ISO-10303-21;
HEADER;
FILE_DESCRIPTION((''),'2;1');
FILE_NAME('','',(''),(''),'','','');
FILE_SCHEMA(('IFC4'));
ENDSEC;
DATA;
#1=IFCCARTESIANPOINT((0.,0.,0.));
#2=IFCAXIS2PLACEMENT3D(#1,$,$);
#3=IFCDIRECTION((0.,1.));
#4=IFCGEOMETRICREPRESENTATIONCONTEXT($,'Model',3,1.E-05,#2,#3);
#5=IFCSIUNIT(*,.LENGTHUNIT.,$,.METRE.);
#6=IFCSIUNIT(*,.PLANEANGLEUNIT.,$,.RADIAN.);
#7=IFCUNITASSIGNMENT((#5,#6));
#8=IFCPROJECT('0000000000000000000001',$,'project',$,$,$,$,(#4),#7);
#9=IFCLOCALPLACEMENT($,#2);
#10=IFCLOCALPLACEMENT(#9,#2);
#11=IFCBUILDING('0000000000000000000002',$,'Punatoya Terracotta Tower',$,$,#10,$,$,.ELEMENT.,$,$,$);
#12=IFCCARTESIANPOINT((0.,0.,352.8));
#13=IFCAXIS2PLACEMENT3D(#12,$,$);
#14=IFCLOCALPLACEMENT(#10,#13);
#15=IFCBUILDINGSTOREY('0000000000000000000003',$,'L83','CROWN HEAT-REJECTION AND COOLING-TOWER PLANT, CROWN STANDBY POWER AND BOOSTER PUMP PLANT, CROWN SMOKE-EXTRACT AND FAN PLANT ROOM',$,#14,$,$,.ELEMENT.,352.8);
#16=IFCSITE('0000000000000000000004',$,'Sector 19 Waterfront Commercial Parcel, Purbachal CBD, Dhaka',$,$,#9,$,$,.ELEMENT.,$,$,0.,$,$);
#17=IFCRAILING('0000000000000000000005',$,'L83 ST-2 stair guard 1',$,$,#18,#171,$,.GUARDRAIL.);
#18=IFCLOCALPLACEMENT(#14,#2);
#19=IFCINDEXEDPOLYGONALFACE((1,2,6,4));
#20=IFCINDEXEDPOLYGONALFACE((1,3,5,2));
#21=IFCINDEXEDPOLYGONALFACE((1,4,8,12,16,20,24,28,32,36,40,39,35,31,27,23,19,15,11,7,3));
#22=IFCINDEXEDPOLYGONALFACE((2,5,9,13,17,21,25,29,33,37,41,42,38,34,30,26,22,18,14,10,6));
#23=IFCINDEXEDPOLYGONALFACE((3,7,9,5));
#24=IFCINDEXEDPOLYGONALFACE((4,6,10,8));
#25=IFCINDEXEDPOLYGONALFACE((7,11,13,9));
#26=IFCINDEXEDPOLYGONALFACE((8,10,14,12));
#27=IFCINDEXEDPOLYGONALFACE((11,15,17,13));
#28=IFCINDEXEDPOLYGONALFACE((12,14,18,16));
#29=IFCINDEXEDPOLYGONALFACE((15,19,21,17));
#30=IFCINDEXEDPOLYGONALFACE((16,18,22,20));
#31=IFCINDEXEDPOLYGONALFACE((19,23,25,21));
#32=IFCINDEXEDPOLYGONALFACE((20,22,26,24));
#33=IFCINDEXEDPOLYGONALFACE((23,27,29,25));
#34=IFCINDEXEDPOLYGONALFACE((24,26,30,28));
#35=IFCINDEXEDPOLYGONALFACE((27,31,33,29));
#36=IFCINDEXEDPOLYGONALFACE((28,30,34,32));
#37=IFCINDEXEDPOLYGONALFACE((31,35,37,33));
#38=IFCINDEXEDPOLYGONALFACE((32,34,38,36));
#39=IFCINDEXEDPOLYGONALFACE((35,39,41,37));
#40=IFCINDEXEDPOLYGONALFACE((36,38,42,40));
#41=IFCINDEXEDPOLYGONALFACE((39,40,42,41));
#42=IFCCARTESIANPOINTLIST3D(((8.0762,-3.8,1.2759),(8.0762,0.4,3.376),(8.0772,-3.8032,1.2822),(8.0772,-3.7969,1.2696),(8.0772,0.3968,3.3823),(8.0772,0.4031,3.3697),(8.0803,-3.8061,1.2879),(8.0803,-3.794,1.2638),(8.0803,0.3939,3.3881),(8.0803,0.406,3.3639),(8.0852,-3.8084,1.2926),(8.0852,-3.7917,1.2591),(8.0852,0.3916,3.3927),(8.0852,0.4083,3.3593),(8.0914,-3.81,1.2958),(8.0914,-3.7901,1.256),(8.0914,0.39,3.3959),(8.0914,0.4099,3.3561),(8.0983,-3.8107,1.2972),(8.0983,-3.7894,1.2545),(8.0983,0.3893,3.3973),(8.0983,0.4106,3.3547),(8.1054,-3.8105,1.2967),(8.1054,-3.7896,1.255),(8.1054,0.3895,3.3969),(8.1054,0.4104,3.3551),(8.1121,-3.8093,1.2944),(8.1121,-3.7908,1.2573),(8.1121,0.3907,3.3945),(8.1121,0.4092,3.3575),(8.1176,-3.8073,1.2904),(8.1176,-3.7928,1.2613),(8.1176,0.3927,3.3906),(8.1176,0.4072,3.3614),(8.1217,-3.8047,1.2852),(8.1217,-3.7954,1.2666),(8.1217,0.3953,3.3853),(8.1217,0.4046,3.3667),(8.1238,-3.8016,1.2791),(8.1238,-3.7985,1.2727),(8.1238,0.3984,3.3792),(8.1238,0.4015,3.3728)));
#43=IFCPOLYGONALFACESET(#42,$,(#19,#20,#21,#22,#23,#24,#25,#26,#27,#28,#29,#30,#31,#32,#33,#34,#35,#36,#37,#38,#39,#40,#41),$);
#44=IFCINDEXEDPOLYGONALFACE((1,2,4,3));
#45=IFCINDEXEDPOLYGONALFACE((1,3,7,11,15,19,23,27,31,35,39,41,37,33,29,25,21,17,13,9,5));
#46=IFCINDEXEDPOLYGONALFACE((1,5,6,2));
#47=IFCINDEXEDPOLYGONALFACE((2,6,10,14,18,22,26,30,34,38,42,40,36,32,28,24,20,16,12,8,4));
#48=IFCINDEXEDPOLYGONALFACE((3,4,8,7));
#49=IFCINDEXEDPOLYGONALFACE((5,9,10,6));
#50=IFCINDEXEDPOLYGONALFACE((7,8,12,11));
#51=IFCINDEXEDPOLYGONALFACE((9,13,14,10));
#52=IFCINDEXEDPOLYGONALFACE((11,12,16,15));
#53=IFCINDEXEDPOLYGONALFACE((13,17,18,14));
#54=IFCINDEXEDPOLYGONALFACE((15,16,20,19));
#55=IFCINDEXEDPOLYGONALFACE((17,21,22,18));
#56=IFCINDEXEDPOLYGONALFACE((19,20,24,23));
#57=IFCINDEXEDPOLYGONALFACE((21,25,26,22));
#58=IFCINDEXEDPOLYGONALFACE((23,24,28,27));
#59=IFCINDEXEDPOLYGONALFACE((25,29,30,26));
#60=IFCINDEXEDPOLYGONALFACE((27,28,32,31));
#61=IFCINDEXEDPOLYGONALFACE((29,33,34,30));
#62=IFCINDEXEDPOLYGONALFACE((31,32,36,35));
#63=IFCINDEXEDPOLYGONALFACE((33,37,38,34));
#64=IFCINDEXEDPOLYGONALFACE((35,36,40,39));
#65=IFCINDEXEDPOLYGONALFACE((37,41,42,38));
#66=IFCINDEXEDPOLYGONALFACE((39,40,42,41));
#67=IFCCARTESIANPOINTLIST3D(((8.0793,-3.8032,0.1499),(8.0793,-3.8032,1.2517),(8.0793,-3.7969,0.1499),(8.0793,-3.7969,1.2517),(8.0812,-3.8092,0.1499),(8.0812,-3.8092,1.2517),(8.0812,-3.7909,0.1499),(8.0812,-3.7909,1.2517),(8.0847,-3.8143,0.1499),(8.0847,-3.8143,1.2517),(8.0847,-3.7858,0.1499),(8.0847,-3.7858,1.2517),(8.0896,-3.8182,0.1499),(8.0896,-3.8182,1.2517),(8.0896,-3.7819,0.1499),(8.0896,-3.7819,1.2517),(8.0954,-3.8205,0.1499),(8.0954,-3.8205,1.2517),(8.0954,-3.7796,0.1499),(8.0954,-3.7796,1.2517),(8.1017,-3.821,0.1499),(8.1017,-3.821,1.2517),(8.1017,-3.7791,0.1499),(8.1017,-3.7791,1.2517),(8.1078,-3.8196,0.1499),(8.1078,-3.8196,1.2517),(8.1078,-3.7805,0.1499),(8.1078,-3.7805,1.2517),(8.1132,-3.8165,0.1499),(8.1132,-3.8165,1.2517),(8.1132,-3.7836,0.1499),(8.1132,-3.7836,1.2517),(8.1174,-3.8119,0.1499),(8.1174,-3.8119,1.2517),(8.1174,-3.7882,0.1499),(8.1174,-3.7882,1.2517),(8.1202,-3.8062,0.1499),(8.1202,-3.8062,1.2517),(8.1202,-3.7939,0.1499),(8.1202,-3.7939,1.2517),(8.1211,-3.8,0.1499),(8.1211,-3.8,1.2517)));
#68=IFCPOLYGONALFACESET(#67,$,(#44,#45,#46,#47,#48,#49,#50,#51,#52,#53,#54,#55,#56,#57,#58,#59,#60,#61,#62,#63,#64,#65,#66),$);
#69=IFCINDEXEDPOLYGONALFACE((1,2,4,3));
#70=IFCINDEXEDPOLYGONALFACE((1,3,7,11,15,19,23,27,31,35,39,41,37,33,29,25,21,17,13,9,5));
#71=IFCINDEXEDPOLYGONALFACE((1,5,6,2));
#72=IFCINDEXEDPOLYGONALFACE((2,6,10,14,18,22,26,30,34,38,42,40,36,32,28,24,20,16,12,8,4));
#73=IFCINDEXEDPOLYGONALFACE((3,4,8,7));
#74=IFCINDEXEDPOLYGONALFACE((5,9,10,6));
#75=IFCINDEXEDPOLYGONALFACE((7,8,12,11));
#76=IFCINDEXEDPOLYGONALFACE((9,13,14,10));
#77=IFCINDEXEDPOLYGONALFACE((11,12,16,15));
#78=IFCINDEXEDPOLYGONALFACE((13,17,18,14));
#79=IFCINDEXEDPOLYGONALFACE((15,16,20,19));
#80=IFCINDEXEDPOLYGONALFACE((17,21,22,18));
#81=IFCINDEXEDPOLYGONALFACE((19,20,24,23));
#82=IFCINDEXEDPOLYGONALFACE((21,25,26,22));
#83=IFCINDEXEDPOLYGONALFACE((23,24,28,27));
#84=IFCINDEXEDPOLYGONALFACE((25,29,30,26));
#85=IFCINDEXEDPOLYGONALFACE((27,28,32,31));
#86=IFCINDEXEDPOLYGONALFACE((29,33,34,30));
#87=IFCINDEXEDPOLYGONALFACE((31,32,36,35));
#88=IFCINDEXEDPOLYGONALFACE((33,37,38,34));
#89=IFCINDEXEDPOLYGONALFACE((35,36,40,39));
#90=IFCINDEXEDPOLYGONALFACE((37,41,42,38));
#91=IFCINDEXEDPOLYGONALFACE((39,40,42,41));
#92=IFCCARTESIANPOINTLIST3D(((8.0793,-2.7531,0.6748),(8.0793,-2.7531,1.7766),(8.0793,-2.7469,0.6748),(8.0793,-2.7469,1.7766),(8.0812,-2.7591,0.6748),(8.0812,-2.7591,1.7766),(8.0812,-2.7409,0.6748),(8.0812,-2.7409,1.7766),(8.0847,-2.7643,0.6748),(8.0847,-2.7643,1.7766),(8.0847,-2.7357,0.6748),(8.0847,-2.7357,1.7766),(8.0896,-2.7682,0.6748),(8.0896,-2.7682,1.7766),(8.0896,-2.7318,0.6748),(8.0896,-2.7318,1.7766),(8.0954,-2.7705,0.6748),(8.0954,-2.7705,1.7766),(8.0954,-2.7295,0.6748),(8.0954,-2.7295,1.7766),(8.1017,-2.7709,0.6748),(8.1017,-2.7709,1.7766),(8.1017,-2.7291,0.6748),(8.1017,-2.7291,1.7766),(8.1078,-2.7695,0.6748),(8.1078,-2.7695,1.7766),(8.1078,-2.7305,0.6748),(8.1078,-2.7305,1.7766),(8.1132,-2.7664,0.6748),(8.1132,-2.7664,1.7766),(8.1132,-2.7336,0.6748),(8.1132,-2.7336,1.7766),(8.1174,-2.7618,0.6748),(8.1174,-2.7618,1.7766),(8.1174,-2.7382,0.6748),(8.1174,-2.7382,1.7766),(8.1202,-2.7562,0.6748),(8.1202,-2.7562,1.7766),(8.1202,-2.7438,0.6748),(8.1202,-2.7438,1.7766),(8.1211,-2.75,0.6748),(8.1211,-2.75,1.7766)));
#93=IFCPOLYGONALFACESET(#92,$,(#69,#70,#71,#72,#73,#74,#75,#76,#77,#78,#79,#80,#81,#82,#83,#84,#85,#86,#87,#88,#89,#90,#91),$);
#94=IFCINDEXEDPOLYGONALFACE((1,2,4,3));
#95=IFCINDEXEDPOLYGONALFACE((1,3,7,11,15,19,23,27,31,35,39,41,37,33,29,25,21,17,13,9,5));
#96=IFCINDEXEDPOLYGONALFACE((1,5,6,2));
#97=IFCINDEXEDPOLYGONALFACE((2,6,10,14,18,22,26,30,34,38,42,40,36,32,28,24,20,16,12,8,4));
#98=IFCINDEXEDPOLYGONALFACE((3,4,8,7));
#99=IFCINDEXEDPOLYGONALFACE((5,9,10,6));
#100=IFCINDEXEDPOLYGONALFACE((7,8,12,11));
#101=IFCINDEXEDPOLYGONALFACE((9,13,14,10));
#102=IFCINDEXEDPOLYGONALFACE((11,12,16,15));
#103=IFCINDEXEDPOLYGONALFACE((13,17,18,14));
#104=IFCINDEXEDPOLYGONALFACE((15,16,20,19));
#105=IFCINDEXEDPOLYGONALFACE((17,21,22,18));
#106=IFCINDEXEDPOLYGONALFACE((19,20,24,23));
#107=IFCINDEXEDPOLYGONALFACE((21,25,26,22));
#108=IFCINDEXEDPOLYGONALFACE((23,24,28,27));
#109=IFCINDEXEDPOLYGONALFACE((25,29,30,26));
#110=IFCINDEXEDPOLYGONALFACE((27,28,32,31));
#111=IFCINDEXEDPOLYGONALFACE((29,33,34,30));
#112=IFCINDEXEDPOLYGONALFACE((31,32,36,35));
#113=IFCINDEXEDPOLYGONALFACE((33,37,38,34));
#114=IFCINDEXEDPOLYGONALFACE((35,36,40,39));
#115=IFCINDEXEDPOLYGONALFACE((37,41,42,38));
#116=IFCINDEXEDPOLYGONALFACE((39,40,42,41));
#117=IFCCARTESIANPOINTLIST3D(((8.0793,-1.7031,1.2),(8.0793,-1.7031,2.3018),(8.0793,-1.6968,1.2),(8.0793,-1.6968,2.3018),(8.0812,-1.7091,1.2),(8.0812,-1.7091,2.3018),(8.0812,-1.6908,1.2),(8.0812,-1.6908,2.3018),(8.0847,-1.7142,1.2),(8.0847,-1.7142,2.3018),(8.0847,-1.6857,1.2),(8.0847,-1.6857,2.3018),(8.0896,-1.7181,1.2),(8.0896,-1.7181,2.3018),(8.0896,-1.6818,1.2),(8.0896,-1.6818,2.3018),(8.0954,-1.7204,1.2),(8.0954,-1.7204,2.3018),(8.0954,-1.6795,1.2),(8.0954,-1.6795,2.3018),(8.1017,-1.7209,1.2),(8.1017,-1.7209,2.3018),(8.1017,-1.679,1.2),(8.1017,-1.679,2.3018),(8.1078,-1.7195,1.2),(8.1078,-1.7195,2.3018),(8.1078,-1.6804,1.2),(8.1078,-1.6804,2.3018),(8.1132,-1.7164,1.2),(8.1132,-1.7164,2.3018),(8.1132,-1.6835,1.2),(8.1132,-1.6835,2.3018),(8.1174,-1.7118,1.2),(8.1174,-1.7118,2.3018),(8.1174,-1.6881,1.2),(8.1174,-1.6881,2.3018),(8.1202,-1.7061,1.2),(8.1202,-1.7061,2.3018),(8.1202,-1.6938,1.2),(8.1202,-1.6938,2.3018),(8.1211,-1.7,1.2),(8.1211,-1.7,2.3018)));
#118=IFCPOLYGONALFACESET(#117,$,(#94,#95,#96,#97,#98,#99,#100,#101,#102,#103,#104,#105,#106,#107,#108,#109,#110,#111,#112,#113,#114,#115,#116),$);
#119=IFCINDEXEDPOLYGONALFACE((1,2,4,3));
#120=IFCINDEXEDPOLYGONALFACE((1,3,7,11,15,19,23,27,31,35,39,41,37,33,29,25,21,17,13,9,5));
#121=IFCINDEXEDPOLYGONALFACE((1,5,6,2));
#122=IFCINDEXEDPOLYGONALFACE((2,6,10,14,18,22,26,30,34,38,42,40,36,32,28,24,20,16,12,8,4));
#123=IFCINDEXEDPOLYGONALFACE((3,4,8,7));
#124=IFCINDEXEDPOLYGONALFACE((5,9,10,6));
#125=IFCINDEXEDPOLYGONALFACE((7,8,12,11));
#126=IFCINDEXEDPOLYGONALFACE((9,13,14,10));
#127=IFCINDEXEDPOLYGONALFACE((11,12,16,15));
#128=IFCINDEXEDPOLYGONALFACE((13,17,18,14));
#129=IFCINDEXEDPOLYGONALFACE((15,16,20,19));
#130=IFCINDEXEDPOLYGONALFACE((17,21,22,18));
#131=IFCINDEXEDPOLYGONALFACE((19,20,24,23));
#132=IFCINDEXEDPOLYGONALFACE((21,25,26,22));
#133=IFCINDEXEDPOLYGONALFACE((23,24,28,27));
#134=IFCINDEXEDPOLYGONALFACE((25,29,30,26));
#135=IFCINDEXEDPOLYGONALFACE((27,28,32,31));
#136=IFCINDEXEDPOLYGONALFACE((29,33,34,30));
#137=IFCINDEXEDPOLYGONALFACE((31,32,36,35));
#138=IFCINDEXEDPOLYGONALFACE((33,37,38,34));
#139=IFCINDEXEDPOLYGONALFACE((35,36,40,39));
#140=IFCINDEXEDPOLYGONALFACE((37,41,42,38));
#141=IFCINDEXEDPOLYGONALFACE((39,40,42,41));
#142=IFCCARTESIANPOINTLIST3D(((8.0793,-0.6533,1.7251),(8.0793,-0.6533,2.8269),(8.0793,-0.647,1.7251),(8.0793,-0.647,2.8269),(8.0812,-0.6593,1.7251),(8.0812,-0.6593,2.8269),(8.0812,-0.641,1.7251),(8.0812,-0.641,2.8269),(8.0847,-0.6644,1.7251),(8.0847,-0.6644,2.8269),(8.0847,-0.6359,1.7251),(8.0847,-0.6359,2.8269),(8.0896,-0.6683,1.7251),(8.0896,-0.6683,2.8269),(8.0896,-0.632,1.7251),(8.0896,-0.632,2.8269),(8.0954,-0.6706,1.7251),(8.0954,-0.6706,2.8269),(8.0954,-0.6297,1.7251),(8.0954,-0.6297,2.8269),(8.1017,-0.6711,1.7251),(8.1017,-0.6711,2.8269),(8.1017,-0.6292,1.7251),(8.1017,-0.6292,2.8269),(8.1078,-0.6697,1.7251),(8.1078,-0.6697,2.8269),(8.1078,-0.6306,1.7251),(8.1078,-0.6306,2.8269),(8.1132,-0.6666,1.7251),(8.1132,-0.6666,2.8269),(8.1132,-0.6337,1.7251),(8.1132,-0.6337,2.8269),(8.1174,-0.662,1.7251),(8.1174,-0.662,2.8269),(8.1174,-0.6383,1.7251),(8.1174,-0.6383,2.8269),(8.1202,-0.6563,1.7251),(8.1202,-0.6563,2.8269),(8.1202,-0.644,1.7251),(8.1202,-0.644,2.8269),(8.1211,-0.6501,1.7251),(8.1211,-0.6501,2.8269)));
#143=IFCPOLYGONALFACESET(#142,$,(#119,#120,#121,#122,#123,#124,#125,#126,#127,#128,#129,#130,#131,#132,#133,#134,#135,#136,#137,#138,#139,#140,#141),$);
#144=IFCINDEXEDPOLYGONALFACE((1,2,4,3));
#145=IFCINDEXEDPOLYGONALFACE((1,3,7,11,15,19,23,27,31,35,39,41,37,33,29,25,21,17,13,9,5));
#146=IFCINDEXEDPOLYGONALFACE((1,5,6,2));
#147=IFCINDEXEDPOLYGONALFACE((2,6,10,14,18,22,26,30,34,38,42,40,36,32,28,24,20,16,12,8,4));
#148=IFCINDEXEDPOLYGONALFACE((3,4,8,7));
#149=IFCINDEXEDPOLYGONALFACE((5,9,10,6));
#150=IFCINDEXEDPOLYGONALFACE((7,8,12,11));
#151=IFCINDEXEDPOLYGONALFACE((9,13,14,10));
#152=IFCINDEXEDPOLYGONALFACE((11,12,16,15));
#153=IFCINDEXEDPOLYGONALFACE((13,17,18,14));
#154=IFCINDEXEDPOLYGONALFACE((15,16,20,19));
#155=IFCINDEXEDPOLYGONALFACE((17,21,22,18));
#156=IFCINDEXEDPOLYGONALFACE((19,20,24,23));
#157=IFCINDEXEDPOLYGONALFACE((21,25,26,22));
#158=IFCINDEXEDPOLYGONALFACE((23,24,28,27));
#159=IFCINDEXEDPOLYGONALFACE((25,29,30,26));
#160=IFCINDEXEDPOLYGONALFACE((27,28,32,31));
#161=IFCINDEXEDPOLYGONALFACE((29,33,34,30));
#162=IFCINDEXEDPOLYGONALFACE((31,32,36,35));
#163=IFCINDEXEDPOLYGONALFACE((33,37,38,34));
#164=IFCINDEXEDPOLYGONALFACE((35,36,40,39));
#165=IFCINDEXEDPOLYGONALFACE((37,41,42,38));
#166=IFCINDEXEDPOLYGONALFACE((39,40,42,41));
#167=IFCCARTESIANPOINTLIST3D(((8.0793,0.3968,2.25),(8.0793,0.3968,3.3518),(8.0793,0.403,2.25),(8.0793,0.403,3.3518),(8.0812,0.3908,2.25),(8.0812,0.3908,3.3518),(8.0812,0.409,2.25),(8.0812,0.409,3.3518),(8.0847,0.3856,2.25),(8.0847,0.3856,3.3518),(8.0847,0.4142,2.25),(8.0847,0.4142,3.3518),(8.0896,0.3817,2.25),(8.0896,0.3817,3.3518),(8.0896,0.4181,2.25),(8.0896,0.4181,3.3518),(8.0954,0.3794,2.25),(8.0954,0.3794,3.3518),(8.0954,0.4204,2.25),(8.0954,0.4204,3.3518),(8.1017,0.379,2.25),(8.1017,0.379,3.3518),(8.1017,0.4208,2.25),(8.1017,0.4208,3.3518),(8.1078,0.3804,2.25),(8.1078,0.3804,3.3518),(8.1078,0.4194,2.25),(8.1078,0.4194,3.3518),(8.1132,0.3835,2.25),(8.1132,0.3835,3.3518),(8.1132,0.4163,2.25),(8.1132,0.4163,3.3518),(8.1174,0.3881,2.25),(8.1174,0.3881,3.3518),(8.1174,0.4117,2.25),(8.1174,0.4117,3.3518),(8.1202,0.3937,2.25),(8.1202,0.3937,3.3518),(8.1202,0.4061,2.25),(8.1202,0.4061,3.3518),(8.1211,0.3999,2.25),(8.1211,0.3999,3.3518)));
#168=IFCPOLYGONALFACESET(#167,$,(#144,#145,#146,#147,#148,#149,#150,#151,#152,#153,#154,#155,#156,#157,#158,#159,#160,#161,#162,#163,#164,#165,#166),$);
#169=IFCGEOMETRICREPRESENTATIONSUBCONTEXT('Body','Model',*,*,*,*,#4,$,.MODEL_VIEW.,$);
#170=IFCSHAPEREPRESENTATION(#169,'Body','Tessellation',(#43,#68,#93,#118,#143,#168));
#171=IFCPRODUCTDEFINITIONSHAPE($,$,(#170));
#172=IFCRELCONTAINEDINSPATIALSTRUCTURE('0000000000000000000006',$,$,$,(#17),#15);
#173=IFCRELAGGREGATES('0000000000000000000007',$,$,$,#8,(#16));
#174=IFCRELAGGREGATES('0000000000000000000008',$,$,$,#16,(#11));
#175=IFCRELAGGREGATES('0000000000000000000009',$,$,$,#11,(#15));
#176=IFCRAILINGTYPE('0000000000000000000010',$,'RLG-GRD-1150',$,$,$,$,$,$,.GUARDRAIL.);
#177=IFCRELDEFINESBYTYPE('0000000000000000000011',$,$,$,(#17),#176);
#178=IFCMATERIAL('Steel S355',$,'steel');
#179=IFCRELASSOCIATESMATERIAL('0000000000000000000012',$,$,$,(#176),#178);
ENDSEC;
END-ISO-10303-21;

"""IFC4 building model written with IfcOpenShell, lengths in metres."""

from ifc_helpers import new_model, si_unit, direction, frame, origin, origin_2d, place, context, subcontext, project, spatial, circle, extrude, material, type_object, element, save


model = new_model("IFC4")

# Units and contexts
model_context = context("Model", 3, precision=1e-05, world=origin(), true_north=direction((0.0, 1.0)))
body_context = subcontext(model_context, "Body", "Model", "MODEL_VIEW")
ifc_project = project(units=[si_unit("LENGTHUNIT", "METRE"), si_unit("PLANEANGLEUNIT", "RADIAN")], contexts=[model_context])

# Site, building, storey
site_placement = place(None, origin())
site = spatial("IfcSite", under=ifc_project, at=site_placement, Name="Sector 19 Waterfront Commercial Parcel, Purbachal CBD, Dhaka", CompositionType="ELEMENT", RefElevation=0.0)
building_placement = place(site_placement, origin())
building = spatial("IfcBuilding", under=site, at=building_placement, Name="Punatoya Terracotta Tower", CompositionType="ELEMENT")
storey_placement = place(building_placement, frame((0.0, 0.0, 352.8)))
storey = spatial("IfcBuildingStorey", under=building, at=storey_placement, Name="L83", Description="CROWN HEAT-REJECTION AND COOLING-TOWER PLANT, CROWN STANDBY POWER AND BOOSTER PUMP PLANT, CROWN SMOKE-EXTRACT AND FAN PLANT ROOM", CompositionType="ELEMENT", Elevation=352.8)

# Railing
ifc_material_1 = material(Name="Steel S355", Category="steel")
railing_type_1 = type_object("IfcRailingType", Name="RLG-GRD-1150", PredefinedType="GUARDRAIL", material=ifc_material_1)
railing_1_placement = place(storey_placement, frame((8.1001, -3.8, 0.1499)))
element("IfcRailing", 1, at=railing_1_placement, inside=storey, type_object=railing_type_1, Name="L83 ST-2 stair guard 1", PredefinedType="GUARDRAIL", context=body_context, shape_type="SweptSolid", body=[
    extrude(circle(Radius=0.0239, at=origin_2d()), frame((0.0, 0.0, 1.126), z_axis=(0.0, 0.894417, 0.447234), x_axis=(-1.0, 0.0, 0.0)), (0.0, 0.0, 1.0), 4.6958),
    extrude(circle(Radius=0.021, at=origin_2d()), origin(), (0.0, 0.0, 1.0), 1.1018),
    extrude(circle(Radius=0.021, at=origin_2d()), frame((0.0, 1.05, 0.5249)), (0.0, 0.0, 1.0), 1.1018),
    extrude(circle(Radius=0.021, at=origin_2d()), frame((0.0, 2.1001, 1.05)), (0.0, 0.0, 1.0), 1.1018),
    extrude(circle(Radius=0.021, at=origin_2d()), frame((0.0, 3.1499, 1.5752)), (0.0, 0.0, 1.0), 1.1018),
    extrude(circle(Radius=0.021, at=origin_2d()), frame((0.0, 4.2, 2.1001)), (0.0, 0.0, 1.0), 1.1018),
])

save(model, "model.ifc")
